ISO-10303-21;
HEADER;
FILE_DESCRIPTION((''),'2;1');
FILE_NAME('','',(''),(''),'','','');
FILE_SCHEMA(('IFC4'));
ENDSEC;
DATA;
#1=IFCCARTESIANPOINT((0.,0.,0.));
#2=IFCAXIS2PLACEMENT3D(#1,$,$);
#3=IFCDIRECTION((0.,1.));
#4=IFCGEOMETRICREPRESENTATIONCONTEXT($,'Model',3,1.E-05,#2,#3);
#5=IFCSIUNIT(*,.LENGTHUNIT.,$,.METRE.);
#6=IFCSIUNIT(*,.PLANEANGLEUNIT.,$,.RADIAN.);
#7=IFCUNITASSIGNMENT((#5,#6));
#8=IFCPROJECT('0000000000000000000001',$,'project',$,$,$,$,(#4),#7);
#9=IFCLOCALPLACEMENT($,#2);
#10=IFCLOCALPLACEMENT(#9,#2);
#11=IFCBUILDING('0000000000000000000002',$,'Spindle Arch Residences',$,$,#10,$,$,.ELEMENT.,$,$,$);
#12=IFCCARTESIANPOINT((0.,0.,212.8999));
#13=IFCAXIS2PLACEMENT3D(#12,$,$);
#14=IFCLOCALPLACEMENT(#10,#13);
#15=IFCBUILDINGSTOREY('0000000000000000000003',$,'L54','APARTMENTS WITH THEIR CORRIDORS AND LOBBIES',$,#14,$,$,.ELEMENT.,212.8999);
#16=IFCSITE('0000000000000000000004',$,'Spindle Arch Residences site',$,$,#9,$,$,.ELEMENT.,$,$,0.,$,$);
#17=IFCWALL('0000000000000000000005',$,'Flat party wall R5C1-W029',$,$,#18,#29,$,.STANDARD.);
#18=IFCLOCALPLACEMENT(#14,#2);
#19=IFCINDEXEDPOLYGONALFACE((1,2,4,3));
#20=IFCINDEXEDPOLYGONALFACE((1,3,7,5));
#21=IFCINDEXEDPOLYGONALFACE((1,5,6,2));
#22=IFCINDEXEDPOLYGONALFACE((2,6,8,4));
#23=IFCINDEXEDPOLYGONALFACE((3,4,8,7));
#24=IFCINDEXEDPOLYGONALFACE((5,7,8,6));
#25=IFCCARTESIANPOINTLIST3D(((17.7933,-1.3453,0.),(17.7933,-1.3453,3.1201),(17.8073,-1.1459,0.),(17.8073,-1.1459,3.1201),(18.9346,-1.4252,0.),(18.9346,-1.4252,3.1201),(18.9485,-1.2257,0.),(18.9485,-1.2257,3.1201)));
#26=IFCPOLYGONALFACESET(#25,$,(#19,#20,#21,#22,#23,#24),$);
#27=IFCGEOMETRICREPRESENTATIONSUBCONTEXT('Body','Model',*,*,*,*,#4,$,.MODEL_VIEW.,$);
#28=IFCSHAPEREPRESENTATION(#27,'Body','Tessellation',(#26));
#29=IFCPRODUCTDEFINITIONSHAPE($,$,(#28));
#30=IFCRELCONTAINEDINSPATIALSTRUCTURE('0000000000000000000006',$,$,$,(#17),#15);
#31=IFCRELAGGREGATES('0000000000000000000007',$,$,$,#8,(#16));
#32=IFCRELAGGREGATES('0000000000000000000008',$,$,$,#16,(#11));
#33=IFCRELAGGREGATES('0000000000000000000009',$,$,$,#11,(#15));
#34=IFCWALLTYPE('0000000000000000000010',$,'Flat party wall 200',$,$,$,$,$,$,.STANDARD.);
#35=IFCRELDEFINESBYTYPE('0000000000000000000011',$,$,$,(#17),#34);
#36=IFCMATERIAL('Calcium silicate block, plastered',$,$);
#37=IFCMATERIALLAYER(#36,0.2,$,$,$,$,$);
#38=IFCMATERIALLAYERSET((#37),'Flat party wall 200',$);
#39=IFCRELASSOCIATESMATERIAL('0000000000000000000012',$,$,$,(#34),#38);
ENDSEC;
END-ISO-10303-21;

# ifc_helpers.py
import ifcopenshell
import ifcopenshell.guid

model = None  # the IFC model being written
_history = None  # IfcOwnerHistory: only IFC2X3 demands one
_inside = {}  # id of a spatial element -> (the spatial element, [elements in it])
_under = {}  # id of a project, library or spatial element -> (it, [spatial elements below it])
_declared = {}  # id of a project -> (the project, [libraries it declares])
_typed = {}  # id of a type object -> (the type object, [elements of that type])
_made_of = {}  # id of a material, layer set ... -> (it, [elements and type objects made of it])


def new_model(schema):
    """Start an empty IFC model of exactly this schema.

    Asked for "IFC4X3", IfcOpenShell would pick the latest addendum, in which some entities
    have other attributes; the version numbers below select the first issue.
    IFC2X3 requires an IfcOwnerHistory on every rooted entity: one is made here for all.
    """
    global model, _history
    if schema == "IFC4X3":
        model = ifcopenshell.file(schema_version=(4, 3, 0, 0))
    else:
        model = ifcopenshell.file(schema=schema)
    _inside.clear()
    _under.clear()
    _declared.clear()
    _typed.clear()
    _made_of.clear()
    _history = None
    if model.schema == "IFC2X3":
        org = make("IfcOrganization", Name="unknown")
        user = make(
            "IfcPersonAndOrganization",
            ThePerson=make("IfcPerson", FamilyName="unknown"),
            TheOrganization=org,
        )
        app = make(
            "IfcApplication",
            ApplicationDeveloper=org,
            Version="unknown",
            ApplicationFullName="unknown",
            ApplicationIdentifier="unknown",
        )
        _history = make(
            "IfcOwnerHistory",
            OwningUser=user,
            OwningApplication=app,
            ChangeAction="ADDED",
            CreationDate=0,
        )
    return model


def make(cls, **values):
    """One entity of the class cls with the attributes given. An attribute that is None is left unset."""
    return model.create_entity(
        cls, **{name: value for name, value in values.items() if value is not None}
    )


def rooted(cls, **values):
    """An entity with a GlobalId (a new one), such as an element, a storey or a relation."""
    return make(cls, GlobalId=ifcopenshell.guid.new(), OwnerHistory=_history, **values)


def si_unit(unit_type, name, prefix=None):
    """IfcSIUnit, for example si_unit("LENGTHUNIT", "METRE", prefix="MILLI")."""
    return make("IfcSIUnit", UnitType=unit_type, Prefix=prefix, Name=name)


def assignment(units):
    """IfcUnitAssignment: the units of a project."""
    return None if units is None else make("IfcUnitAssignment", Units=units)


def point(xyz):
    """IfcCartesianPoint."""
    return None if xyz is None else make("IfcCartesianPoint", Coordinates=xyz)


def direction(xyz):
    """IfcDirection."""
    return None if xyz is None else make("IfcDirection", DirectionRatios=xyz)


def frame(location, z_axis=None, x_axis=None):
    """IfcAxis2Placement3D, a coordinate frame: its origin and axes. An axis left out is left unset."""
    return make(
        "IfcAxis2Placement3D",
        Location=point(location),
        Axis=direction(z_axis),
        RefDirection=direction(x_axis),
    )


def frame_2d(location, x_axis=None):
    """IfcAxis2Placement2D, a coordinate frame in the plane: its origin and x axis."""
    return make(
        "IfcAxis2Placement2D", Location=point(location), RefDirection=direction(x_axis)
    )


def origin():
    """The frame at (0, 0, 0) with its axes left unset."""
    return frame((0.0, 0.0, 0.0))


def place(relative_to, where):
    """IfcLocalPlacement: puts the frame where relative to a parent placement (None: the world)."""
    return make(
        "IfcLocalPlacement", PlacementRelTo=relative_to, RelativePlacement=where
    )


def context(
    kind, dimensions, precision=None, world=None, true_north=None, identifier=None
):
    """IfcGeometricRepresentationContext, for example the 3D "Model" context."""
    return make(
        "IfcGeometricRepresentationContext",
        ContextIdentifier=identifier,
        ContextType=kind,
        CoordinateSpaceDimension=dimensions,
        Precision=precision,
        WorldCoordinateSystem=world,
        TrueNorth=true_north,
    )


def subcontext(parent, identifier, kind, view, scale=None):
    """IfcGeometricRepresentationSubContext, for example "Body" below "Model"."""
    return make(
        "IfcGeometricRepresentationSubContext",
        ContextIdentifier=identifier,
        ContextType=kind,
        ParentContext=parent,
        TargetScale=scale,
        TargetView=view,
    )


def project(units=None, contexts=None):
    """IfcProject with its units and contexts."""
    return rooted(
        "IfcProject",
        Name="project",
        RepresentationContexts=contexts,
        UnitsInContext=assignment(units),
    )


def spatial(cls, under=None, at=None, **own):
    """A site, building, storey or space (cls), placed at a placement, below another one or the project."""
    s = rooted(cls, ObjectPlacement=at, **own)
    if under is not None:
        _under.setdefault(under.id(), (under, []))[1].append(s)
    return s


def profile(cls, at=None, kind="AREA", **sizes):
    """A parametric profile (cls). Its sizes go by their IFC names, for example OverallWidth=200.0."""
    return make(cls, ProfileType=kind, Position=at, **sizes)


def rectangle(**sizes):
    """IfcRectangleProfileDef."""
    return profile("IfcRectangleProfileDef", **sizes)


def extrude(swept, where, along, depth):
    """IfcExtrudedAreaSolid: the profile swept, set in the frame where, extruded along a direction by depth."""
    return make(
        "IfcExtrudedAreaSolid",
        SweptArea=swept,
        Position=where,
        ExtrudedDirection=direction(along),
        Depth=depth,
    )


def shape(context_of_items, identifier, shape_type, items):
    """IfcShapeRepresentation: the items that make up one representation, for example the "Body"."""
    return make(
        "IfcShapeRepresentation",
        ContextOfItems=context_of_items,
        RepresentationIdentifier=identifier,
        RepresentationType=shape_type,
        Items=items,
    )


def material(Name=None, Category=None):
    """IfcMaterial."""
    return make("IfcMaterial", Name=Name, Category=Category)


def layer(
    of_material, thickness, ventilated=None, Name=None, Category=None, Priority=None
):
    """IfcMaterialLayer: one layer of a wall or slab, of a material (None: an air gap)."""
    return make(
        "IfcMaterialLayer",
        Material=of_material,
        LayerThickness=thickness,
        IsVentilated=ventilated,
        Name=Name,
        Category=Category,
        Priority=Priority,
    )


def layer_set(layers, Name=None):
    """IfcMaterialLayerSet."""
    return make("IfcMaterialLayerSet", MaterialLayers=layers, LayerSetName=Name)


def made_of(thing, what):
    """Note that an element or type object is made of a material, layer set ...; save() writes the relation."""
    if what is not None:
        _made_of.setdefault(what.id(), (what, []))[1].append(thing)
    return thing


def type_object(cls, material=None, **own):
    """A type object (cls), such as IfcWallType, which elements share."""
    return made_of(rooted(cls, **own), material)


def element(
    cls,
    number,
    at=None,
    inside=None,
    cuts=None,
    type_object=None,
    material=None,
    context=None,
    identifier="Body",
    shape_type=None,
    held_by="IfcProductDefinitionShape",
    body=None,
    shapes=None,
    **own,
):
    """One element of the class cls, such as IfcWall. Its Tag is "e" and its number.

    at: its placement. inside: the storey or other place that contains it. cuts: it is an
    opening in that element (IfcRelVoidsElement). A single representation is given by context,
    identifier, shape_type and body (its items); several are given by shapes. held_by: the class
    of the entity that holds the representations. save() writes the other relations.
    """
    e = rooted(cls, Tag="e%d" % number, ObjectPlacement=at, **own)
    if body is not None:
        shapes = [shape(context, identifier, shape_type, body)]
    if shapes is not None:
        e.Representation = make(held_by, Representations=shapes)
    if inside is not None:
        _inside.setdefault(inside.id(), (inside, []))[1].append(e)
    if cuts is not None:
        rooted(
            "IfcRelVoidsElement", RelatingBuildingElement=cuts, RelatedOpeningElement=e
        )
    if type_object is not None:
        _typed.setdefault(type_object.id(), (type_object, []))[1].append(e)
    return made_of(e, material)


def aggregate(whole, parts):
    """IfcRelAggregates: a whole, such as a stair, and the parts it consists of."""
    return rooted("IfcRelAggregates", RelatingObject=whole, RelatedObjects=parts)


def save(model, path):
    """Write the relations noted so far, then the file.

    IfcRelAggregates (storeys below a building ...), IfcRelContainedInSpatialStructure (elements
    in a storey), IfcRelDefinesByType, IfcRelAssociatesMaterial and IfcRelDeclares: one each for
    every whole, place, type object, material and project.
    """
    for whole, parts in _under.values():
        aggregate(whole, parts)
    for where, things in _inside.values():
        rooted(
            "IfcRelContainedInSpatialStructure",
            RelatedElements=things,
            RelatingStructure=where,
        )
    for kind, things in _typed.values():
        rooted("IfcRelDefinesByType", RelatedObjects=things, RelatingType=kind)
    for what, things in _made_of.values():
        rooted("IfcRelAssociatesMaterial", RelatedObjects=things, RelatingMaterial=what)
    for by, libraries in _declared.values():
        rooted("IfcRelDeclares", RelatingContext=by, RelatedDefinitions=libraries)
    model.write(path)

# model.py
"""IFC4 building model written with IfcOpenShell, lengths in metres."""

from ifc_helpers import new_model, si_unit, direction, frame, frame_2d, origin, place, context, subcontext, project, spatial, rectangle, extrude, material, layer, layer_set, type_object, element, save


model = new_model("IFC4")

# Units and contexts
model_context = context("Model", 3, precision=1e-05, world=origin(), true_north=direction((0.0, 1.0)))
body_context = subcontext(model_context, "Body", "Model", "MODEL_VIEW")
ifc_project = project(units=[si_unit("LENGTHUNIT", "METRE"), si_unit("PLANEANGLEUNIT", "RADIAN")], contexts=[model_context])

# Site, building, storey
site_placement = place(None, origin())
site = spatial("IfcSite", under=ifc_project, at=site_placement, Name="Spindle Arch Residences site", CompositionType="ELEMENT", RefElevation=0.0)
building_placement = place(site_placement, origin())
building = spatial("IfcBuilding", under=site, at=building_placement, Name="Spindle Arch Residences", CompositionType="ELEMENT")
storey_placement = place(building_placement, frame((0.0, 0.0, 212.8999)))
storey = spatial("IfcBuildingStorey", under=building, at=storey_placement, Name="L54", Description="APARTMENTS WITH THEIR CORRIDORS AND LOBBIES", CompositionType="ELEMENT", Elevation=212.8999)

# Wall
ifc_material_1 = material(Name="Calcium silicate block, plastered")
ifc_layer_1 = layer(ifc_material_1, 0.2)
ifc_layer_set_1 = layer_set([ifc_layer_1], Name="Flat party wall 200")
wall_type_1 = type_object("IfcWallType", Name="Flat party wall 200", PredefinedType="STANDARD", material=ifc_layer_set_1)
wall_1_placement = place(storey_placement, frame((17.8003, -1.2456, 0.0), z_axis=(0.0, 0.0, 1.0), x_axis=(0.997563, -0.069776, 0.0)))
element("IfcWall", 1, at=wall_1_placement, inside=storey, type_object=wall_type_1, Name="Flat party wall R5C1-W029", PredefinedType="STANDARD", context=body_context, shape_type="SweptSolid", body=[
    extrude(rectangle(XDim=1.144, YDim=0.2, at=frame_2d((0.572, 0.0))), origin(), (0.0, 0.0, 1.0), 3.1201),
])

save(model, "model.ifc")
